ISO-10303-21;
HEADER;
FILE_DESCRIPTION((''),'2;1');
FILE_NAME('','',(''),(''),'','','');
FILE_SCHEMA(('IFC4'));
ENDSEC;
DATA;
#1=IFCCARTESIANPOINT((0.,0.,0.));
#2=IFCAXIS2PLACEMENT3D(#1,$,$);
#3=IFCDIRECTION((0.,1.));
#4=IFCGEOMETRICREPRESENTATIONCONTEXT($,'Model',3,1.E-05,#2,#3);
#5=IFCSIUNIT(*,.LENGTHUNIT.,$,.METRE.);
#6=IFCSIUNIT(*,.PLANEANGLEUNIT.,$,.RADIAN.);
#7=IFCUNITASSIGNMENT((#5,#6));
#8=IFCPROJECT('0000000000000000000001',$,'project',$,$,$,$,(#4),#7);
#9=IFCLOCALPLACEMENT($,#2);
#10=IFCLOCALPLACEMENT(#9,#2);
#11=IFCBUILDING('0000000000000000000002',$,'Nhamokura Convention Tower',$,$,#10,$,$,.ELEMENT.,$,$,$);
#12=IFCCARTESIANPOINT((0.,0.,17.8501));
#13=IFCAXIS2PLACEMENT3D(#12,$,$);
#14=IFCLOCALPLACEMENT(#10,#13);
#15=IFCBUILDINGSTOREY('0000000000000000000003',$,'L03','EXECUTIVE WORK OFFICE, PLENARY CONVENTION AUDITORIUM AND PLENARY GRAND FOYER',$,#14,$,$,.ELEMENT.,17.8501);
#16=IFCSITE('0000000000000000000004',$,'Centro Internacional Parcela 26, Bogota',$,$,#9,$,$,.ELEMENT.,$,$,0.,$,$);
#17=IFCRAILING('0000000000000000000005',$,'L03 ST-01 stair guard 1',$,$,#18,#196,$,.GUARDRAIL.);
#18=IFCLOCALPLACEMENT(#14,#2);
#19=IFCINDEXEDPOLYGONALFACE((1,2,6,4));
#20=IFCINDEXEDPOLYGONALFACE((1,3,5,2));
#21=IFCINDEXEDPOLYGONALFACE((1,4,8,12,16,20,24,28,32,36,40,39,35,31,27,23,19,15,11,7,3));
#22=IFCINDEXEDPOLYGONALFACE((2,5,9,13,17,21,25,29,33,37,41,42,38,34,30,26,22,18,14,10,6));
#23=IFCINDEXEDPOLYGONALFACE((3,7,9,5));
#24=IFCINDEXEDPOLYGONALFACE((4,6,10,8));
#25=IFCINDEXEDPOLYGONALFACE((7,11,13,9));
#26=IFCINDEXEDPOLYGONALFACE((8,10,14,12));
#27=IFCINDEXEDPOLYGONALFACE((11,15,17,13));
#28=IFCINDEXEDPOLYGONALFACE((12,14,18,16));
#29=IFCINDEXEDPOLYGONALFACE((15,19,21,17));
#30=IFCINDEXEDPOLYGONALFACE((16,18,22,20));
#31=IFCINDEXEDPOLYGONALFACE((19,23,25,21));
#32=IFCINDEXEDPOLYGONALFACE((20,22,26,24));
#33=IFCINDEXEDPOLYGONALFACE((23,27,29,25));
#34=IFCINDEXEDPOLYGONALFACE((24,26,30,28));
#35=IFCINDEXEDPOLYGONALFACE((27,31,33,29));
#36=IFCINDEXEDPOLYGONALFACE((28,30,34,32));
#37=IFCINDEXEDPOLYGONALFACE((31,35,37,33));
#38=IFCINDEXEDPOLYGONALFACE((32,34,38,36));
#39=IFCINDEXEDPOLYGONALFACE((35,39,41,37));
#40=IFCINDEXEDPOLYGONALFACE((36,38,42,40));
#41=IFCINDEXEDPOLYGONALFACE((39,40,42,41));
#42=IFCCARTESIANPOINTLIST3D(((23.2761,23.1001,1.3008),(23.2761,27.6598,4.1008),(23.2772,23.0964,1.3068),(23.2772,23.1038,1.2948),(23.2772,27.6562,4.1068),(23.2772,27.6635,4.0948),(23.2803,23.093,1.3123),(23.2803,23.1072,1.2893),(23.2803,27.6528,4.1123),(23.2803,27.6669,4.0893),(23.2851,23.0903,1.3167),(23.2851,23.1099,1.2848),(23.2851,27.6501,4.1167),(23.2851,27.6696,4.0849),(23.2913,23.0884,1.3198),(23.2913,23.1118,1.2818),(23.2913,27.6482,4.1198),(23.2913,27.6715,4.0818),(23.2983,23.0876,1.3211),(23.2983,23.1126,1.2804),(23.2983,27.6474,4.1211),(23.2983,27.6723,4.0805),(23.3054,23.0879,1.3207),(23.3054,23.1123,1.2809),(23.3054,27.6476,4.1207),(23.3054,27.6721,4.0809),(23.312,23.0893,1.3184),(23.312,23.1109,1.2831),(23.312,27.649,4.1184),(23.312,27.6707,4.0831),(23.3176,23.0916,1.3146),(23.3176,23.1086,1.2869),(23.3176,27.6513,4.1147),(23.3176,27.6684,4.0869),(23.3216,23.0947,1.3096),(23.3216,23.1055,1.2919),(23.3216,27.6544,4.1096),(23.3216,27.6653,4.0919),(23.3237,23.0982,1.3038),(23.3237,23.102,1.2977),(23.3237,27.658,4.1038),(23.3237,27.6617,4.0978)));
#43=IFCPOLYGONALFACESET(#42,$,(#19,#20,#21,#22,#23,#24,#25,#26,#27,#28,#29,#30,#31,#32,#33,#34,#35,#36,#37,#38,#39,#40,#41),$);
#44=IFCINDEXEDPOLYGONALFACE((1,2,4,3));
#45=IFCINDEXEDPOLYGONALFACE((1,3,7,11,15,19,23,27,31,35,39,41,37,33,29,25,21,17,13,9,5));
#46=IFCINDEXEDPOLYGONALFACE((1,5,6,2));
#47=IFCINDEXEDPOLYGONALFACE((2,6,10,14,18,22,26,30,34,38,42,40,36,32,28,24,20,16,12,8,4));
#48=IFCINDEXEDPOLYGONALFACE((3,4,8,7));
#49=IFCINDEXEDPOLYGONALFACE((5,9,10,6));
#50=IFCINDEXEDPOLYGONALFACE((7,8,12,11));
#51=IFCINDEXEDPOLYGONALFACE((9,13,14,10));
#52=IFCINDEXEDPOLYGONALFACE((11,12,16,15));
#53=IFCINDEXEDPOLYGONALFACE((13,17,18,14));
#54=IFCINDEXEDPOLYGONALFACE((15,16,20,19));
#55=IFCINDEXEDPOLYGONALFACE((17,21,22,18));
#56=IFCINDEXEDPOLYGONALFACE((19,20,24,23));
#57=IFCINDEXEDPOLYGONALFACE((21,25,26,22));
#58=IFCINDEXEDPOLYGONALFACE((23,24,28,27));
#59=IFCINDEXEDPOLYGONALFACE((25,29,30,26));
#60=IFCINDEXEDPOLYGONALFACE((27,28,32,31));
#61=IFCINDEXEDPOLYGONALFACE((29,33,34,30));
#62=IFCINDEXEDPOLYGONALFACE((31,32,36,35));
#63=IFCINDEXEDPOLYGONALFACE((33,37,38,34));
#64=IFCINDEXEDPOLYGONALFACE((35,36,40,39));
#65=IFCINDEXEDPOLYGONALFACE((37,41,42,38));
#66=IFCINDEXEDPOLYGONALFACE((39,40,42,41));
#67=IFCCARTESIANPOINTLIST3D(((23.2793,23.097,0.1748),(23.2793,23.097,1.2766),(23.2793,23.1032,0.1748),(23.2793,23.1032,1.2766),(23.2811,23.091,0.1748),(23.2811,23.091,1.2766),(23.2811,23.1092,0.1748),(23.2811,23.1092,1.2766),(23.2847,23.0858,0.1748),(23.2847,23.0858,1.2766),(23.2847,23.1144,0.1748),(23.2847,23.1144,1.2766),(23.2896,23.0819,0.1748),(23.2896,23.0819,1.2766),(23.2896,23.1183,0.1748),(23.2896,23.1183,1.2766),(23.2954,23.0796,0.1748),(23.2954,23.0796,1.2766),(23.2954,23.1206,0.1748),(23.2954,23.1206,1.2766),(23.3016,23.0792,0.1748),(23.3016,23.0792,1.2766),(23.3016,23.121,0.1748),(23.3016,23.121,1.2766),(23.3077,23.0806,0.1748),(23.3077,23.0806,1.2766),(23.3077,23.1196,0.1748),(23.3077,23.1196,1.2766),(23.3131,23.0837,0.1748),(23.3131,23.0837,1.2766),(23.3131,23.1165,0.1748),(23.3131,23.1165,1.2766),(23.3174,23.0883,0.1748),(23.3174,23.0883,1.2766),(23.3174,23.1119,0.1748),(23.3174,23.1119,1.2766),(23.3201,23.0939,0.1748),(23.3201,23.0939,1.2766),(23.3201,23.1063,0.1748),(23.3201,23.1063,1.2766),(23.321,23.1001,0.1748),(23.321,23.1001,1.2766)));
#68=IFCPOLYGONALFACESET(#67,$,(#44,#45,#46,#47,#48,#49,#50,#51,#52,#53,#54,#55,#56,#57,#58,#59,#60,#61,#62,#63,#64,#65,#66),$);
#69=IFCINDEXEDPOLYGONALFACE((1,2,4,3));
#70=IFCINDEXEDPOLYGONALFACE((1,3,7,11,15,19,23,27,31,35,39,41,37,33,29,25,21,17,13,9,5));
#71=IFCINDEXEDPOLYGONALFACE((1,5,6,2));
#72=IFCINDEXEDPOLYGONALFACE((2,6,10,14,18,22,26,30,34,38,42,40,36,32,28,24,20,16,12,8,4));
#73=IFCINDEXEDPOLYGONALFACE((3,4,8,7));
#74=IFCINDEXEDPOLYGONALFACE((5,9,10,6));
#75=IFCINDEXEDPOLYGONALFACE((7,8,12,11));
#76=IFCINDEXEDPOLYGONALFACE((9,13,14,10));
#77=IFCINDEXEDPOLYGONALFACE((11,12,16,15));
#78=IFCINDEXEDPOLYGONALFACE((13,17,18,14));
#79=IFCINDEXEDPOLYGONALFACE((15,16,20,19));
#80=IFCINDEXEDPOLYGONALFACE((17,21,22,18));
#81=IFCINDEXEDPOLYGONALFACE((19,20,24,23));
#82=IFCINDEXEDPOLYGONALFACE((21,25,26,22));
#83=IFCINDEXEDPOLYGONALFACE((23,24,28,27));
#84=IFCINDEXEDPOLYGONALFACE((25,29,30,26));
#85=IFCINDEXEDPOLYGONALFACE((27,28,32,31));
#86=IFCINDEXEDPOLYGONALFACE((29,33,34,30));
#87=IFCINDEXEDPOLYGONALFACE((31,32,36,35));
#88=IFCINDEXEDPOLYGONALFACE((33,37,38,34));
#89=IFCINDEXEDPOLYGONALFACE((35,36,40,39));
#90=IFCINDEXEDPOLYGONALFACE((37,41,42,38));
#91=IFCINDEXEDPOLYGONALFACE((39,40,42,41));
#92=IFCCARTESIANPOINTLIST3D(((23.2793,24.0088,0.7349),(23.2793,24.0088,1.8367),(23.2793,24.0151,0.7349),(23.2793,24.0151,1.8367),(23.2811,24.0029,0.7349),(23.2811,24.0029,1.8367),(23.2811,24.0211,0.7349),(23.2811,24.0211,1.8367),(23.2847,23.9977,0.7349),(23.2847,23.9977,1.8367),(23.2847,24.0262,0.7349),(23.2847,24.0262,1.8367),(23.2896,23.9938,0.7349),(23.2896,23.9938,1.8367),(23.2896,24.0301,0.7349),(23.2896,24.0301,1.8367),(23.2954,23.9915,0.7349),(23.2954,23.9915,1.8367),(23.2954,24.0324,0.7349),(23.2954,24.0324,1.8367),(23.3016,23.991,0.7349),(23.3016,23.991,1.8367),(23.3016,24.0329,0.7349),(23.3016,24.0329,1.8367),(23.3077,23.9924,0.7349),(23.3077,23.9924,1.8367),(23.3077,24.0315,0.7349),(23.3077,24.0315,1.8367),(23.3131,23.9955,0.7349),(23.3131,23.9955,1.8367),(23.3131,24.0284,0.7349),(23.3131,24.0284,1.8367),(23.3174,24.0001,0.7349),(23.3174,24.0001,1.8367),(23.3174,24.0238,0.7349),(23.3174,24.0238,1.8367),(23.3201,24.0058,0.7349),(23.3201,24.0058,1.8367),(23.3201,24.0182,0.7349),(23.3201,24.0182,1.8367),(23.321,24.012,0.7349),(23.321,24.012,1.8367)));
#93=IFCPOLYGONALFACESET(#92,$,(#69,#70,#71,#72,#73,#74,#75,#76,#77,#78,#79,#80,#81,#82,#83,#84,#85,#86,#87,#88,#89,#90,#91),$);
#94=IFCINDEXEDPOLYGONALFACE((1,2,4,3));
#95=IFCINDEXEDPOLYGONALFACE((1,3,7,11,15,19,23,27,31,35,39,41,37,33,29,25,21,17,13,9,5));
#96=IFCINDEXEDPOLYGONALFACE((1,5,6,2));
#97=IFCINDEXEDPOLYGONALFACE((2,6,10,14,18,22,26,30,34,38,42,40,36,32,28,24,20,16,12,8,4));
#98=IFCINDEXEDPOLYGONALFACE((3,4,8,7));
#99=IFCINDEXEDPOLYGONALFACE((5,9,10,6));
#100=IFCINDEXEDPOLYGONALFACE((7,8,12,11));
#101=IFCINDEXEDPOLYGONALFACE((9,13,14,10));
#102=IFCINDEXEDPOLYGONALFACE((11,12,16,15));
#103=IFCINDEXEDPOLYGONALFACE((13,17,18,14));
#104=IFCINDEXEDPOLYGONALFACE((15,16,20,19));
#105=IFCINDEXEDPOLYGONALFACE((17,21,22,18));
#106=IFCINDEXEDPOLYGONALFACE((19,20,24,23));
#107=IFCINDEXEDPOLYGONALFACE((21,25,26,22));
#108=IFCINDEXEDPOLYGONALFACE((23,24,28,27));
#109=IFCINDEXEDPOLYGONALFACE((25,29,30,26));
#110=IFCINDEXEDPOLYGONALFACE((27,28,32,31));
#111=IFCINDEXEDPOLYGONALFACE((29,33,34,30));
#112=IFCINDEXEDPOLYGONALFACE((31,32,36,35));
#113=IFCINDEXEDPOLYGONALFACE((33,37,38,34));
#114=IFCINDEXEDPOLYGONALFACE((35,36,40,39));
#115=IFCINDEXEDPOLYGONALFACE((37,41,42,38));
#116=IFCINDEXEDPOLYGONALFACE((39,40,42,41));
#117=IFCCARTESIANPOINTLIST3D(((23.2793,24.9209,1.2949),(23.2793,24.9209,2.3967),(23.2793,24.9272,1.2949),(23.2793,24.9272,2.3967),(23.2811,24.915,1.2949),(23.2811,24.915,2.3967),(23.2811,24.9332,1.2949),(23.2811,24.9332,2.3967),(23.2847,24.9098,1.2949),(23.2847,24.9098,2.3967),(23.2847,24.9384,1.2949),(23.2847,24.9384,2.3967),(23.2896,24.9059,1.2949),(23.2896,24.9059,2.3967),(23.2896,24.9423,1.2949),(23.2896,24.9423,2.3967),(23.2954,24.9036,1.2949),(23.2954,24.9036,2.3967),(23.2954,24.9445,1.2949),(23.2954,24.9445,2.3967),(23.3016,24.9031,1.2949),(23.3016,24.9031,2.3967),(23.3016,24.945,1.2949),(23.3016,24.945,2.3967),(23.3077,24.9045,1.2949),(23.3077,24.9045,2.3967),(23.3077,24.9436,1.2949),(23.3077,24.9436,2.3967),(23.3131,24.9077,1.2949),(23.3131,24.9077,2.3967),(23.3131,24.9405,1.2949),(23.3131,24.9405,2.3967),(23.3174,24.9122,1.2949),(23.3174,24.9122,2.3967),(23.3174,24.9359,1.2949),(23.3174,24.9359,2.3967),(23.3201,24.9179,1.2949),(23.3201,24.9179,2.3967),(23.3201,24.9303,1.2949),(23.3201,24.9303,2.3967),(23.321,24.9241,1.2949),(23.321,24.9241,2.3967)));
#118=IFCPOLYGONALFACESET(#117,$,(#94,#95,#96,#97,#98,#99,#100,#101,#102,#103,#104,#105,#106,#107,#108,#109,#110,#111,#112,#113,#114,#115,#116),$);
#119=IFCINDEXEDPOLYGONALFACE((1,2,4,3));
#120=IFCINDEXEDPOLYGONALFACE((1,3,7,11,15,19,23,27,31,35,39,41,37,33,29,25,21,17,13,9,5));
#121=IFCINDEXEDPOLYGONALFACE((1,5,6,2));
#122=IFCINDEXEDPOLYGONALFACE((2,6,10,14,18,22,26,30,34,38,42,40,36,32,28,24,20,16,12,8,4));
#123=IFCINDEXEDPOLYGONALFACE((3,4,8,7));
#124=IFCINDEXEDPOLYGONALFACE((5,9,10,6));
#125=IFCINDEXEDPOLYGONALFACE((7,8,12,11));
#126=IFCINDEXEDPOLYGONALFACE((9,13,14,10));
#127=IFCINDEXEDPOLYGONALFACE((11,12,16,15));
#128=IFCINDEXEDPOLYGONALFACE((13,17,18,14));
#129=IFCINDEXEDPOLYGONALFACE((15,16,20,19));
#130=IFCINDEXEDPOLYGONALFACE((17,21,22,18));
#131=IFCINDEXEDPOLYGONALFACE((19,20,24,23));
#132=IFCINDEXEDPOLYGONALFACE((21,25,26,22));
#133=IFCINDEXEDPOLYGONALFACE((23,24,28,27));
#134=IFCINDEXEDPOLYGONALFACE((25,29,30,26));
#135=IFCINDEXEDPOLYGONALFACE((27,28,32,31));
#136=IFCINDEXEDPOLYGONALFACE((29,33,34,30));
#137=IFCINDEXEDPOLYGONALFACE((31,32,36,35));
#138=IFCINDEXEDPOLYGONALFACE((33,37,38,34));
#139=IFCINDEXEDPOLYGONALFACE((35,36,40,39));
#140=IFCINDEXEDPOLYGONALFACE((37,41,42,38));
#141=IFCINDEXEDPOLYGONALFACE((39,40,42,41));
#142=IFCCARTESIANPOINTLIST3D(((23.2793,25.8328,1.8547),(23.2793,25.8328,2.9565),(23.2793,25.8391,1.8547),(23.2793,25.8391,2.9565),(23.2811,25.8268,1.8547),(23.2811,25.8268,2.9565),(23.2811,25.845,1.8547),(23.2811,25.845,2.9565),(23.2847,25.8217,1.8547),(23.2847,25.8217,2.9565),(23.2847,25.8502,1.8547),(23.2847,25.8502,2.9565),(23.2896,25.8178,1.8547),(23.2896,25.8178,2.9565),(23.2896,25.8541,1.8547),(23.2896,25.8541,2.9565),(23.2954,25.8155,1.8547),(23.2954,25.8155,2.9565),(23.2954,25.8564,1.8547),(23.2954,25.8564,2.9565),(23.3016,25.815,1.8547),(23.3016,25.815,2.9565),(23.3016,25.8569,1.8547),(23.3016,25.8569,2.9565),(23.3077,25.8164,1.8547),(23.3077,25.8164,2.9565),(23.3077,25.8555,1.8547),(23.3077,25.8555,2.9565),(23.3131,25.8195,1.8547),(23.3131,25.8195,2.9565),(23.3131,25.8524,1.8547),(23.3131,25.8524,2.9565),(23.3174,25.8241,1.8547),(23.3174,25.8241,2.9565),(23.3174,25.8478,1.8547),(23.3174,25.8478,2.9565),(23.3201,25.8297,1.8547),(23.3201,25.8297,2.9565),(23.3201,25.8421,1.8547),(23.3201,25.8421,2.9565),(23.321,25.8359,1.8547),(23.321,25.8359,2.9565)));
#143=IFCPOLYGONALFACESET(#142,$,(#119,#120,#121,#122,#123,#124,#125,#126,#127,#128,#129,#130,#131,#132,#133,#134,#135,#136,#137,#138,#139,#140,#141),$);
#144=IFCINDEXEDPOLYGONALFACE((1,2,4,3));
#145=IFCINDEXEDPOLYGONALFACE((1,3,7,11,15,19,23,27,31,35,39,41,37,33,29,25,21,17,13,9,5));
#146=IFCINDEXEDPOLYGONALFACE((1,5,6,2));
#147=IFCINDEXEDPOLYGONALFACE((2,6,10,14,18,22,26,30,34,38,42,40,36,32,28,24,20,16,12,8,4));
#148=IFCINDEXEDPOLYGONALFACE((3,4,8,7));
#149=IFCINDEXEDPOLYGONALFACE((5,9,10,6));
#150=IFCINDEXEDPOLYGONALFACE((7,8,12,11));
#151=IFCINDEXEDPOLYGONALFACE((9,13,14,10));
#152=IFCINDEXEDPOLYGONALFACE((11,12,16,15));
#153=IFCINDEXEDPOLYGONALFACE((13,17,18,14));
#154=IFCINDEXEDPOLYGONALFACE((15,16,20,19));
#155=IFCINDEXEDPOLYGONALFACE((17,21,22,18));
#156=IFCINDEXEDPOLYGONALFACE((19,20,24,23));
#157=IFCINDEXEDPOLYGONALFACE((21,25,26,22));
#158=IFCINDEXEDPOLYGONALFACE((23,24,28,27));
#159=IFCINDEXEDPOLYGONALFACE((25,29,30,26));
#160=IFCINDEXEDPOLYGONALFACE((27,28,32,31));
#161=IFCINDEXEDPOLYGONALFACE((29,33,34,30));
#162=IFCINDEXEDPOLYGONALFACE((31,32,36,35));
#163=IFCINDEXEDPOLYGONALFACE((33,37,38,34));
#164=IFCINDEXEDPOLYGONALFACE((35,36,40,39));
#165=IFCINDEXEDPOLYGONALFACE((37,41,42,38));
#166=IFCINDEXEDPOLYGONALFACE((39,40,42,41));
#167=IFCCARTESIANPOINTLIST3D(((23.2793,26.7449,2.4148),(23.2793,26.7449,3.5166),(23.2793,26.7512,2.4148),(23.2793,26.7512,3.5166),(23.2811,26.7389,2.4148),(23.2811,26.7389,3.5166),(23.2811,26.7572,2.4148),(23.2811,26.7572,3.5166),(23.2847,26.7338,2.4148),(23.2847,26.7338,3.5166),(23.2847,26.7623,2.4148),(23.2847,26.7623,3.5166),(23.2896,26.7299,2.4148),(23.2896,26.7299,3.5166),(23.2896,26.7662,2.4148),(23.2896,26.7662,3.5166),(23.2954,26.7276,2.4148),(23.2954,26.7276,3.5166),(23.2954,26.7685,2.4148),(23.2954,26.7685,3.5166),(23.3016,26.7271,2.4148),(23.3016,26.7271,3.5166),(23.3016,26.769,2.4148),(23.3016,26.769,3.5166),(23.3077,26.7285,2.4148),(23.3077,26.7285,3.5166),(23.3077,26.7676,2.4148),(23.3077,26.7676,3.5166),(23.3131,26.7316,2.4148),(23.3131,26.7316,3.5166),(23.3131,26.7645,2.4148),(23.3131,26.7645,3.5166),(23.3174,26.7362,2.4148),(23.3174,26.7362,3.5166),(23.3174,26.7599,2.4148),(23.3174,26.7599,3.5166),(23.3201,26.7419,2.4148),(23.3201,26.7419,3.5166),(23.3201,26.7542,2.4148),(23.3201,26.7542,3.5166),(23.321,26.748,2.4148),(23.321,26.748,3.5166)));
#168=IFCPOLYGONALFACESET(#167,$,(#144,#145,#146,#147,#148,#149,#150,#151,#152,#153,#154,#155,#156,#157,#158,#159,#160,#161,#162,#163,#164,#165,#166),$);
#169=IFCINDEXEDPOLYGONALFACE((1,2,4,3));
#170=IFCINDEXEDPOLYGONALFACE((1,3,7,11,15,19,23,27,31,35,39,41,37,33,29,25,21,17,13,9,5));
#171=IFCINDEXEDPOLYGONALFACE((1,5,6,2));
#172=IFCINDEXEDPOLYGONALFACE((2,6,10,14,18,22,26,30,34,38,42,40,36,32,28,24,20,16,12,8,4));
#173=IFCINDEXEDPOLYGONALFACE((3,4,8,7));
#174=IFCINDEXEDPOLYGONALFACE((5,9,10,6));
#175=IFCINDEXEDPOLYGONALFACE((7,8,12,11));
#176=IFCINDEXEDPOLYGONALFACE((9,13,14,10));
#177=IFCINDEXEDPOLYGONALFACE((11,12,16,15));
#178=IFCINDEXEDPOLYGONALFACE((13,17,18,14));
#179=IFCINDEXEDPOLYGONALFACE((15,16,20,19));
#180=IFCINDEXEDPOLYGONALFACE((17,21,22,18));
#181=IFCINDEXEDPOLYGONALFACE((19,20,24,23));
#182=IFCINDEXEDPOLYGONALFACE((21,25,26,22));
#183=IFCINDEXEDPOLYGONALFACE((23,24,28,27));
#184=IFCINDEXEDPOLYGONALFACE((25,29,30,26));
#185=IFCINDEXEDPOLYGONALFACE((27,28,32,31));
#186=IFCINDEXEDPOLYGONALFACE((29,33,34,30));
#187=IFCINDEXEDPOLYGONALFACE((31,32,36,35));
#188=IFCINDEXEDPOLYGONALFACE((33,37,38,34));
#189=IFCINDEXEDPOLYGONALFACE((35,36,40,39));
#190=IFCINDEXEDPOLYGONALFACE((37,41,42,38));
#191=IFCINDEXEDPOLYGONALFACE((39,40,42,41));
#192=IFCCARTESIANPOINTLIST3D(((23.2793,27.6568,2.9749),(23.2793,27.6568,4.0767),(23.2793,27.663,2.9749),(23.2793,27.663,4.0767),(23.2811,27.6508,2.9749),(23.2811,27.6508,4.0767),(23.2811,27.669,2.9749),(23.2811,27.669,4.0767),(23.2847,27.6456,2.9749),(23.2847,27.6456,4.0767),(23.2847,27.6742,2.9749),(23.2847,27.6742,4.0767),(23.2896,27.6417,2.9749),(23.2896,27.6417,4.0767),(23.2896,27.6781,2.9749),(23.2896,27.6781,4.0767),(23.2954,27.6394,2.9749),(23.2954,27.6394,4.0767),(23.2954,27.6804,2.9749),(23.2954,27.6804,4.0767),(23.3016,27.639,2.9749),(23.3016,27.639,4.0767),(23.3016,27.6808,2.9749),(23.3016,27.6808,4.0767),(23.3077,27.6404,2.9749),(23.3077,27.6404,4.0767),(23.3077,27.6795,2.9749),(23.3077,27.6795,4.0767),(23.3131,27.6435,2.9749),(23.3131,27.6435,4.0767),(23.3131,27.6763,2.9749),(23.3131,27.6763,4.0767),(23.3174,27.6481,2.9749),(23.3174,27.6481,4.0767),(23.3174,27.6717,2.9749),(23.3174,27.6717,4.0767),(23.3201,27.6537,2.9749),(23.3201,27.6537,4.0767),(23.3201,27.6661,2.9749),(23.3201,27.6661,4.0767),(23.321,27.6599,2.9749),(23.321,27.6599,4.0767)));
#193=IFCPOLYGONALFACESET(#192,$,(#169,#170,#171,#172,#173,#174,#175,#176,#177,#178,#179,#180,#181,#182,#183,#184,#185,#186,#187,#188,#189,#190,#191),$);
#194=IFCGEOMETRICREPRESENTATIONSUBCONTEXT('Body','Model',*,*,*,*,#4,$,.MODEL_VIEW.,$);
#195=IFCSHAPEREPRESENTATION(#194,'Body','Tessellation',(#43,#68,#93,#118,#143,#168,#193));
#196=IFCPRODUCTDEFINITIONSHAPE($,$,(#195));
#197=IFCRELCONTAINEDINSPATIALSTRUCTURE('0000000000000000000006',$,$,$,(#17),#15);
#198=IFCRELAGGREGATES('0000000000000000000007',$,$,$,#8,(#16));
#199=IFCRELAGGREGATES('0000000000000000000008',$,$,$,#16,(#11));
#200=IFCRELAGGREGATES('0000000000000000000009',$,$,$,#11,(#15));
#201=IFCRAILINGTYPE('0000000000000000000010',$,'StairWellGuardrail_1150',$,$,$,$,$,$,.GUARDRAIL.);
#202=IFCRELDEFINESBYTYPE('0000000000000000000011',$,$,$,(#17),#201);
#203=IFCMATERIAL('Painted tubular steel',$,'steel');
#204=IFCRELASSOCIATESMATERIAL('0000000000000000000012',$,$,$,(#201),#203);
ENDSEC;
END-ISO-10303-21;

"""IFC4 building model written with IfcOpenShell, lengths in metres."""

from ifc_helpers import new_model, si_unit, direction, frame, origin, origin_2d, place, context, subcontext, project, spatial, circle, extrude, material, type_object, element, save


model = new_model("IFC4")

# Units and contexts
model_context = context("Model", 3, precision=1e-05, world=origin(), true_north=direction((0.0, 1.0)))
body_context = subcontext(model_context, "Body", "Model", "MODEL_VIEW")
ifc_project = project(units=[si_unit("LENGTHUNIT", "METRE"), si_unit("PLANEANGLEUNIT", "RADIAN")], contexts=[model_context])

# Site, building, storey
site_placement = place(None, origin())
site = spatial("IfcSite", under=ifc_project, at=site_placement, Name="Centro Internacional Parcela 26, Bogota", CompositionType="ELEMENT", RefElevation=0.0)
building_placement = place(site_placement, origin())
building = spatial("IfcBuilding", under=site, at=building_placement, Name="Nhamokura Convention Tower", CompositionType="ELEMENT")
storey_placement = place(building_placement, frame((0.0, 0.0, 17.8501)))
storey = spatial("IfcBuildingStorey", under=building, at=storey_placement, Name="L03", Description="EXECUTIVE WORK OFFICE, PLENARY CONVENTION AUDITORIUM AND PLENARY GRAND FOYER", CompositionType="ELEMENT", Elevation=17.8501)

# Railing
ifc_material_1 = material(Name="Painted tubular steel", Category="steel")
railing_type_1 = type_object("IfcRailingType", Name="StairWellGuardrail_1150", PredefinedType="GUARDRAIL", material=ifc_material_1)
railing_1_placement = place(storey_placement, frame((23.3, 23.1001, 0.1748)))
element("IfcRailing", 1, at=railing_1_placement, inside=storey, type_object=railing_type_1, Name="L03 ST-01 stair guard 1", PredefinedType="GUARDRAIL", context=body_context, shape_type="SweptSolid", body=[
    extrude(circle(Radius=0.0239, at=origin_2d()), frame((0.0, 0.0, 1.126), z_axis=(0.0, 0.852158, 0.523285), x_axis=(-1.0, 0.0, 0.0)), (0.0, 0.0, 1.0), 5.3508),
    extrude(circle(Radius=0.021, at=origin_2d()), origin(), (0.0, 0.0, 1.0), 1.1018),
    extrude(circle(Radius=0.021, at=origin_2d()), frame((0.0, 0.9119, 0.5601)), (0.0, 0.0, 1.0), 1.1018),
    extrude(circle(Radius=0.021, at=origin_2d()), frame((0.0, 1.824, 1.1201)), (0.0, 0.0, 1.0), 1.1018),
    extrude(circle(Radius=0.021, at=origin_2d()), frame((0.0, 2.7358, 1.6799)), (0.0, 0.0, 1.0), 1.1018),
    extrude(circle(Radius=0.021, at=origin_2d()), frame((0.0, 3.6479, 2.24)), (0.0, 0.0, 1.0), 1.1018),
    extrude(circle(Radius=0.021, at=origin_2d()), frame((0.0, 4.5598, 2.8)), (0.0, 0.0, 1.0), 1.1018),
])

save(model, "model.ifc")
